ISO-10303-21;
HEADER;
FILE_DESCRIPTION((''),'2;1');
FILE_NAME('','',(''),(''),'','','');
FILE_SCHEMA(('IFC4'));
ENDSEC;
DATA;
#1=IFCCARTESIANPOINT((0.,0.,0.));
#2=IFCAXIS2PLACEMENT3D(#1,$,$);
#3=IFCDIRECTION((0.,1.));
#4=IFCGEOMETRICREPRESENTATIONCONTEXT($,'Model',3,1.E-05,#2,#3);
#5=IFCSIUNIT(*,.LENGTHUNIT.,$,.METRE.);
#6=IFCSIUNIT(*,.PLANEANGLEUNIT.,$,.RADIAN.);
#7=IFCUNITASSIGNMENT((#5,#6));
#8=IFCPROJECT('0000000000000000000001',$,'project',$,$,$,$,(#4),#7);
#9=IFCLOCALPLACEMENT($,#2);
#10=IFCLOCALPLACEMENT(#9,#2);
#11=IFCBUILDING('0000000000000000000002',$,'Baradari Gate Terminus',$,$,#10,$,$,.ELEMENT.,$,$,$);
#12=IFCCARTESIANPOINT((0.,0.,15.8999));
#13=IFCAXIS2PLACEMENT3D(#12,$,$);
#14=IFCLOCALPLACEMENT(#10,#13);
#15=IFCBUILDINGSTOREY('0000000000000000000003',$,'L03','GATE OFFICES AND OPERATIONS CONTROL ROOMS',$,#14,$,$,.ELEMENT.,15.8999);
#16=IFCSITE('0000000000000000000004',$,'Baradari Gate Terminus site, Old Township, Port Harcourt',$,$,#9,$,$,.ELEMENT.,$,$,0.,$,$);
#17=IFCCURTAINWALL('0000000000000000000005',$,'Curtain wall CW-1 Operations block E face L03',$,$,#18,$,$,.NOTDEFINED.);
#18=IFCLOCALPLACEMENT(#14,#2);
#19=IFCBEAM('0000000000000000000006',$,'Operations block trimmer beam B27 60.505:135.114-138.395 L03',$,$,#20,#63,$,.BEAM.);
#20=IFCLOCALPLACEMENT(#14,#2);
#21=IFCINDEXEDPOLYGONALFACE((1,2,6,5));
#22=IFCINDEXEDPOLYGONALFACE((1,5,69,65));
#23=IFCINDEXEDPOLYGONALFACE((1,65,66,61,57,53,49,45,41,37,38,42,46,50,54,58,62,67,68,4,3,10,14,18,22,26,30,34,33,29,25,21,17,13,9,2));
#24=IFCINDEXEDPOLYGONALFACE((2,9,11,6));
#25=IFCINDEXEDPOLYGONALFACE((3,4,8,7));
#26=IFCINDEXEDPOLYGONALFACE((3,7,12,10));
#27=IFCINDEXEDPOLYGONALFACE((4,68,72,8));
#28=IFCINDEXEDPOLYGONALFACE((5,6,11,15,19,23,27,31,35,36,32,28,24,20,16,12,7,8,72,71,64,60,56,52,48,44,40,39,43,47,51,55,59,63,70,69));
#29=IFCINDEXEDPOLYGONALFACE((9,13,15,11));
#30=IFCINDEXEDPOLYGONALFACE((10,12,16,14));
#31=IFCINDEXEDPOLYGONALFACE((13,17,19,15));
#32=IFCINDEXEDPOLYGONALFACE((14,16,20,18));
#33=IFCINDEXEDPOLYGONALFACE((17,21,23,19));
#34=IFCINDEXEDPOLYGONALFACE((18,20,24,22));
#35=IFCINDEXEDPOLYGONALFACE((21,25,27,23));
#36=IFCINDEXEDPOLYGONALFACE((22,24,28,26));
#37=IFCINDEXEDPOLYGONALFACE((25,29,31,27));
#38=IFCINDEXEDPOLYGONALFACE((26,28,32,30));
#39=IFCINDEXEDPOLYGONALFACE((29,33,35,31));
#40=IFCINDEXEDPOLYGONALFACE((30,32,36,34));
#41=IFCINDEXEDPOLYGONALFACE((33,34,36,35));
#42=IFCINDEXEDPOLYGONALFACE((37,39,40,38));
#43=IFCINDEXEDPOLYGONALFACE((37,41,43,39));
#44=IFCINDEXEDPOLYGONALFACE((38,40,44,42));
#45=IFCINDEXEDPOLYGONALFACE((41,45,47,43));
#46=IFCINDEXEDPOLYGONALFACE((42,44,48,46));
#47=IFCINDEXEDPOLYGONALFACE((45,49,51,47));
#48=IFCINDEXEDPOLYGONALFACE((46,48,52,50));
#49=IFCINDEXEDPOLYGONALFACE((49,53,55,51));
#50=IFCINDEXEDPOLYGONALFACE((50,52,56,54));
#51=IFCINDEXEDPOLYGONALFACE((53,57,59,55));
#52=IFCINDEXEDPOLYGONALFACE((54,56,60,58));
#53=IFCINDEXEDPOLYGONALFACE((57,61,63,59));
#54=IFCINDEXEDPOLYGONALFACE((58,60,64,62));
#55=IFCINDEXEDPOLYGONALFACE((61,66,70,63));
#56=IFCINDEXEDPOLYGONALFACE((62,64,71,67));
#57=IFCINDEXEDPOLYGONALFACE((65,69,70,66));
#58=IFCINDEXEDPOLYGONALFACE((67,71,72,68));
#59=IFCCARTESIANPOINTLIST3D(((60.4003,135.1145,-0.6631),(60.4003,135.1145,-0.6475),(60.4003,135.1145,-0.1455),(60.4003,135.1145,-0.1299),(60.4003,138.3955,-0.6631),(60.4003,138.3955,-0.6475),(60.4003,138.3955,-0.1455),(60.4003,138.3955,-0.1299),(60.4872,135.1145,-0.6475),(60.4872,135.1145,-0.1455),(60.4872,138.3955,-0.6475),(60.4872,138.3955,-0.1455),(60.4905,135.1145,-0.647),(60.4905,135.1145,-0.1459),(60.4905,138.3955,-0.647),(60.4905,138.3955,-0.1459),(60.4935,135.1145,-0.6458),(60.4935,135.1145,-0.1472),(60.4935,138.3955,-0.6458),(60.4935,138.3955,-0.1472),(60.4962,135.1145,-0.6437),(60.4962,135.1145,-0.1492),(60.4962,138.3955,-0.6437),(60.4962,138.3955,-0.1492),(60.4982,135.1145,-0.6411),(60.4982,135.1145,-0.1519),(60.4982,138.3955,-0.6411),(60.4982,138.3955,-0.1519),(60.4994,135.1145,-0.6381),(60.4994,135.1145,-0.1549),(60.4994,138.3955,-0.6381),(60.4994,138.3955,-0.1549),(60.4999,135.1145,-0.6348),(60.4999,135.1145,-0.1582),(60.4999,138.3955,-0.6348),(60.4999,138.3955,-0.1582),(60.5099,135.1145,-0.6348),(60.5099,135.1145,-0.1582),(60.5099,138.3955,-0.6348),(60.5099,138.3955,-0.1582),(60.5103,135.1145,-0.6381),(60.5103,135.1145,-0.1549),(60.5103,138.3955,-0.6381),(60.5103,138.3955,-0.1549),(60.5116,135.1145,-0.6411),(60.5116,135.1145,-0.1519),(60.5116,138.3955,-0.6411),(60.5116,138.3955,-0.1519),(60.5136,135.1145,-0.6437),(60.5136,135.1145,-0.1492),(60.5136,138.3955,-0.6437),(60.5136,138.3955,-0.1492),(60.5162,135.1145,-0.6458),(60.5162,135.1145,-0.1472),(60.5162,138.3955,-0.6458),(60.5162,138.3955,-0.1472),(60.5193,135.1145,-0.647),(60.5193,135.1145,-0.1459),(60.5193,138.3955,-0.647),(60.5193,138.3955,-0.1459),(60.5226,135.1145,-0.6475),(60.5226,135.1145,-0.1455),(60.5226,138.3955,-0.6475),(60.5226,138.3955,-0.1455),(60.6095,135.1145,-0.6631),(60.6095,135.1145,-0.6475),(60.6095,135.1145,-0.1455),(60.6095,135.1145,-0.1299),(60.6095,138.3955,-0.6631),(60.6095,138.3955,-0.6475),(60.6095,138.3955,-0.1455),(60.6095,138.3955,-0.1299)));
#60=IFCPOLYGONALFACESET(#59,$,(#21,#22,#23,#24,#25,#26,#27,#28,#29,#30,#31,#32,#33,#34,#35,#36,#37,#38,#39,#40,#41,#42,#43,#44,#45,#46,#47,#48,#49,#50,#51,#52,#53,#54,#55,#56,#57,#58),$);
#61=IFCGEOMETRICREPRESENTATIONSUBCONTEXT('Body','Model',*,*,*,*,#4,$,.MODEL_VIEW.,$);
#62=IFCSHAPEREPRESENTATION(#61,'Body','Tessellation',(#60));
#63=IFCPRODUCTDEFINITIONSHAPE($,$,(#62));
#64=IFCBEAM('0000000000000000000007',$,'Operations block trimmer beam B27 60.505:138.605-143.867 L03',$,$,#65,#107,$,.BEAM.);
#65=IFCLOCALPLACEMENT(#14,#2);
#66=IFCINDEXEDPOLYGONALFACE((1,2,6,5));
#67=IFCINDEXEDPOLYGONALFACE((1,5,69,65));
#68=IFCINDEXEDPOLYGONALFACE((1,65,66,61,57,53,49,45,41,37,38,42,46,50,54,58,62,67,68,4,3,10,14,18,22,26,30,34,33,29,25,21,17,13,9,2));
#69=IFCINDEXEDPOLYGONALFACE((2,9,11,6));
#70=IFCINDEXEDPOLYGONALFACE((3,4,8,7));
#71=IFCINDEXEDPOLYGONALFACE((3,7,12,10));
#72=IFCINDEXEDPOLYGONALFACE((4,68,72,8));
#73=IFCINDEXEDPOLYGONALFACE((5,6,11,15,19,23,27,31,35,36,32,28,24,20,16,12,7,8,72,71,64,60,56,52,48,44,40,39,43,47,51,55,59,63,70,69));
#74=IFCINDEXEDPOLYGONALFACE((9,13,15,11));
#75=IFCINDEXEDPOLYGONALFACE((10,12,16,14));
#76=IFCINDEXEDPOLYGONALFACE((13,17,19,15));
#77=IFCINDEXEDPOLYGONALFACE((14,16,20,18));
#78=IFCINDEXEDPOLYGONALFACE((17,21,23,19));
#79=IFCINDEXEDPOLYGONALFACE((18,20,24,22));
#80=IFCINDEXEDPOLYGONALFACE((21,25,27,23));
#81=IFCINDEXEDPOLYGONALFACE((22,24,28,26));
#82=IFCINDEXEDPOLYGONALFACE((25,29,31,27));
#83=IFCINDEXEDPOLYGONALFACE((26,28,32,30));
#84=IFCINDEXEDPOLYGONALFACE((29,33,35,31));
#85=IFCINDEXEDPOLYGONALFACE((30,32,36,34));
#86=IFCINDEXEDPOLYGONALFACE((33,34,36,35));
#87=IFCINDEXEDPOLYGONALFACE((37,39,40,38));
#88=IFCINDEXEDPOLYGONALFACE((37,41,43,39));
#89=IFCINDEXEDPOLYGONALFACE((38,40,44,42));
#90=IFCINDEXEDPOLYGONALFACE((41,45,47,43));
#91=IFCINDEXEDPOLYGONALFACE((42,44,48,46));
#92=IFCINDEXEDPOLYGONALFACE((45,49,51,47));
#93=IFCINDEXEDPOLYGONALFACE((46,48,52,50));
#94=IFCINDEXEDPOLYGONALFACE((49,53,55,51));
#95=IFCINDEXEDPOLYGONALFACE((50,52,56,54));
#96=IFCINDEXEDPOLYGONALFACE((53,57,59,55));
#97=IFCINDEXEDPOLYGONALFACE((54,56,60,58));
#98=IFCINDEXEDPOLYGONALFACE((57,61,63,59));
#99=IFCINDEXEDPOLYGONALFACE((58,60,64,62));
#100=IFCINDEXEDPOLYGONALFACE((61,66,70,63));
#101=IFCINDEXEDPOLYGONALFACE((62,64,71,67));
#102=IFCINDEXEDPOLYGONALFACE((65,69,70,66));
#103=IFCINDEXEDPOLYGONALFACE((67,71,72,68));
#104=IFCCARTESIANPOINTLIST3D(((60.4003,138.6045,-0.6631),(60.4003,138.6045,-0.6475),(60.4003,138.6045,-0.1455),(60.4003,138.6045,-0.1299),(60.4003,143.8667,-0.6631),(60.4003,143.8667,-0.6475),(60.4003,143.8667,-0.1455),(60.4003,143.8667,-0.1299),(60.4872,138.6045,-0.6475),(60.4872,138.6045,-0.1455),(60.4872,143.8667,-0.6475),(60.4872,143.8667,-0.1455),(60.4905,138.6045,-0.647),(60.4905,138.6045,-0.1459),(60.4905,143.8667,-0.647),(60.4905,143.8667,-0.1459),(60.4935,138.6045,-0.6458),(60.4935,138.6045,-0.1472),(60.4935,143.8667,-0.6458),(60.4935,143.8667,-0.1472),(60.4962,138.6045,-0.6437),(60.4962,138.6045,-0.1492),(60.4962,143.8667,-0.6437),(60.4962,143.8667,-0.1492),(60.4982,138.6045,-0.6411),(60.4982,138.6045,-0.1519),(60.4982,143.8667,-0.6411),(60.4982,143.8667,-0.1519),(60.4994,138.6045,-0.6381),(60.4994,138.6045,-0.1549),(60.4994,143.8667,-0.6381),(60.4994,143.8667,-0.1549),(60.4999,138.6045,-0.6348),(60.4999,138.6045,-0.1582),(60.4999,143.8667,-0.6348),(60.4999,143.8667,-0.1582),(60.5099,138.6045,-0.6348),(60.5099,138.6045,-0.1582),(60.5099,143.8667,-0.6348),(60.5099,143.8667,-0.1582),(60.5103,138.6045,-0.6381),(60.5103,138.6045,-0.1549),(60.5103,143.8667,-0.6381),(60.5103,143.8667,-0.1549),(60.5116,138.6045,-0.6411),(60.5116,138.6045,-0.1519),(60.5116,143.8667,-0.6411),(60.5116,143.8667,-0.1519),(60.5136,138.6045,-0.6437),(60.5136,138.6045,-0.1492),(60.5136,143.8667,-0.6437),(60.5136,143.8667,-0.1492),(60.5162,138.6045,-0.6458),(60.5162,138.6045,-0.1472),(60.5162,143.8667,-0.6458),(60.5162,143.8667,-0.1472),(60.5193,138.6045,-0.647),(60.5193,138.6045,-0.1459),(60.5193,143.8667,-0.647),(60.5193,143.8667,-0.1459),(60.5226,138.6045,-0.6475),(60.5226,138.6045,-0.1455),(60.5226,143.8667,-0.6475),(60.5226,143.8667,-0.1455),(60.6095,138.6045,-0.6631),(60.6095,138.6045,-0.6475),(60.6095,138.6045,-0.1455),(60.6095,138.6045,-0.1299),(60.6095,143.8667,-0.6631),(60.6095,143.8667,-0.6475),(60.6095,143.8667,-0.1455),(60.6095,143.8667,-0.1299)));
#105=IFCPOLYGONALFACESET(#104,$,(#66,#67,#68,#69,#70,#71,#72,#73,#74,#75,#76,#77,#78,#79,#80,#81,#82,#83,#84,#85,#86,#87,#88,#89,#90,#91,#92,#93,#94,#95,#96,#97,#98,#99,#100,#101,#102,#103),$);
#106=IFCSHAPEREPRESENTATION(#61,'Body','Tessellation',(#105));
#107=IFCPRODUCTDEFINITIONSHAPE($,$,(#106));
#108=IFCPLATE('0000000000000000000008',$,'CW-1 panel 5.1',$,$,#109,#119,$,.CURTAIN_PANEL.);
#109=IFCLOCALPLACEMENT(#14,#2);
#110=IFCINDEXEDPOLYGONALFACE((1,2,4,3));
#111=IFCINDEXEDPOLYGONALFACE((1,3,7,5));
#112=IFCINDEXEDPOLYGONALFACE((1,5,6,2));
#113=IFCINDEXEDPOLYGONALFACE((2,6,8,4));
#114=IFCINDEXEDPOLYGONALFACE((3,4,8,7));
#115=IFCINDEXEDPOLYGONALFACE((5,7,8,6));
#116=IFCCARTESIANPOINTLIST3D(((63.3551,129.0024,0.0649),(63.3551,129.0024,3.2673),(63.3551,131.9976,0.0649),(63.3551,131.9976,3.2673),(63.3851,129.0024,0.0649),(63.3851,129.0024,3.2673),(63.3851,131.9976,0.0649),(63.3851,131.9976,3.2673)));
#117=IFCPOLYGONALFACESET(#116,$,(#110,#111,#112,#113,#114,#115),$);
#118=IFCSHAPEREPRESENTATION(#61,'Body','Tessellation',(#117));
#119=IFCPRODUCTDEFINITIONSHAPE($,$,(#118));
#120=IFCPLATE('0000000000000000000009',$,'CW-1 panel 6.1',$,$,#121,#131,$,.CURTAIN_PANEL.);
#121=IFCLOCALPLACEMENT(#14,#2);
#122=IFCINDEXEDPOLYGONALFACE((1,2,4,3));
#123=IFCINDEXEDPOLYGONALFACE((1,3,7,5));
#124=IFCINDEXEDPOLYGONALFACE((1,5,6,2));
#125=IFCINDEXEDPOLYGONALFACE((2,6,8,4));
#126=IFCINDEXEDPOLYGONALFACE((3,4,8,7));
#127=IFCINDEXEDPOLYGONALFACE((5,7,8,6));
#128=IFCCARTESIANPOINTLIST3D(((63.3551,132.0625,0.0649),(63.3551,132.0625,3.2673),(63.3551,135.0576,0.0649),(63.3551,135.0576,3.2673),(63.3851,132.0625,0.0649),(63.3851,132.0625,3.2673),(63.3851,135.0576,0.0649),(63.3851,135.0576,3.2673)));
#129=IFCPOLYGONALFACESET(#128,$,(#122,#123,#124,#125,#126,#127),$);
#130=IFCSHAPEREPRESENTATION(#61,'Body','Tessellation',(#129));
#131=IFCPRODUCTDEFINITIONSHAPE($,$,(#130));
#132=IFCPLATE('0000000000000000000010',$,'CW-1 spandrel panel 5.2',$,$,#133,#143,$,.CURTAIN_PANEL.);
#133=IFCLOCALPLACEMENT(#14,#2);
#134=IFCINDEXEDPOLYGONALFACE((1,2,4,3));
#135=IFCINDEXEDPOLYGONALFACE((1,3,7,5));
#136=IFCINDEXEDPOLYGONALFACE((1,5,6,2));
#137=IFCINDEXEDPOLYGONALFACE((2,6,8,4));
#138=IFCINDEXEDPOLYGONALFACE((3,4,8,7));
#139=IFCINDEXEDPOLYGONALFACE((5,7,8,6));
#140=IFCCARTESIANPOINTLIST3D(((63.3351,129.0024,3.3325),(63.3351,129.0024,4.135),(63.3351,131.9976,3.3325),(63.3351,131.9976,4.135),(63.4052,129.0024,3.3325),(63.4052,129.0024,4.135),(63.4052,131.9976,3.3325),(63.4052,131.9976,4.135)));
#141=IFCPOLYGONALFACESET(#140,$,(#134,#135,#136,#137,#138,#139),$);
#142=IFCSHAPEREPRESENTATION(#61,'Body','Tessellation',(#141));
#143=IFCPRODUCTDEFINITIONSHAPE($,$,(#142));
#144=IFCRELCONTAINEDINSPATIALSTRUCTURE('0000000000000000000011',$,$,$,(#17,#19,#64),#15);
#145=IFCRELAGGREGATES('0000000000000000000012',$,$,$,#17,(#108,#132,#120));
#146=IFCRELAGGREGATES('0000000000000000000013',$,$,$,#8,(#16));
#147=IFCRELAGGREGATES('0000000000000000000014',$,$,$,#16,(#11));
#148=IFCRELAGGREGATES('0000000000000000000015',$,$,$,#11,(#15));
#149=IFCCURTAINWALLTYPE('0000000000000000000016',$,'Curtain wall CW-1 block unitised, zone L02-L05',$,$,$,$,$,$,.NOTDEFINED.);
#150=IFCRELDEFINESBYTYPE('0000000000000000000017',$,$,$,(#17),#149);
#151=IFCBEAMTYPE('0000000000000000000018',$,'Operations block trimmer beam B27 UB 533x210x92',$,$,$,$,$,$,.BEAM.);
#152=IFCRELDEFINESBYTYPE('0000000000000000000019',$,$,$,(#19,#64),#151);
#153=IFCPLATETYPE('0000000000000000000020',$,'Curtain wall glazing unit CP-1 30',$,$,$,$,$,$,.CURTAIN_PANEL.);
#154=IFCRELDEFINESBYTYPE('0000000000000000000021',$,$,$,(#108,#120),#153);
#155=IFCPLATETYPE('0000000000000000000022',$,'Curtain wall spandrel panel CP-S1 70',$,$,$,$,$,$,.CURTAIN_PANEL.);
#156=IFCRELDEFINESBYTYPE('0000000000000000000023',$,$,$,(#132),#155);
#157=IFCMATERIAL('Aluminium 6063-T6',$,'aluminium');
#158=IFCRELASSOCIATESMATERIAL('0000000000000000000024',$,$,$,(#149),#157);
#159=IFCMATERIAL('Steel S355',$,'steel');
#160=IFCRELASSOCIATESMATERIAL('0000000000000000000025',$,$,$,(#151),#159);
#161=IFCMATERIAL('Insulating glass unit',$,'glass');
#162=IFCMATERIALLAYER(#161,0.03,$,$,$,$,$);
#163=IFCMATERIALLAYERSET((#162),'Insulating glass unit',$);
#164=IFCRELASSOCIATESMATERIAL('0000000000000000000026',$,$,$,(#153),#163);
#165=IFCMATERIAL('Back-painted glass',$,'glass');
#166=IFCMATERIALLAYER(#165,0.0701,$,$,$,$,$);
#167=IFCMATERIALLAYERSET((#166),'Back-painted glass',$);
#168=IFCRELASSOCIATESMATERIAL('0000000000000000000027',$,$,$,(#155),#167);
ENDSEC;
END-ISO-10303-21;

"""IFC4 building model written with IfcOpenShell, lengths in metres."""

from ifc_helpers import new_model, si_unit, direction, frame, origin, origin_2d, place, context, subcontext, project, spatial, rectangle, i_section, extrude, material, layer, layer_set, material_profile, profile_set, type_object, element, aggregate, save


model = new_model("IFC4")

# Units and contexts
model_context = context("Model", 3, precision=1e-05, world=origin(), true_north=direction((0.0, 1.0)))
body_context = subcontext(model_context, "Body", "Model", "MODEL_VIEW")
ifc_project = project(units=[si_unit("LENGTHUNIT", "METRE"), si_unit("PLANEANGLEUNIT", "RADIAN")], contexts=[model_context])

# Site, building, storey
site_placement = place(None, origin())
site = spatial("IfcSite", under=ifc_project, at=site_placement, Name="Baradari Gate Terminus site, Old Township, Port Harcourt", CompositionType="ELEMENT", RefElevation=0.0)
building_placement = place(site_placement, origin())
building = spatial("IfcBuilding", under=site, at=building_placement, Name="Baradari Gate Terminus", CompositionType="ELEMENT")
storey_placement = place(building_placement, frame((0.0, 0.0, 15.8999)))
storey = spatial("IfcBuildingStorey", under=building, at=storey_placement, Name="L03", Description="GATE OFFICES AND OPERATIONS CONTROL ROOMS", CompositionType="ELEMENT", Elevation=15.8999)

# Curtain wall
ifc_material_1 = material(Name="Aluminium 6063-T6", Category="aluminium")
curtain_wall_type = type_object("IfcCurtainWallType", Name="Curtain wall CW-1 block unitised, zone L02-L05", PredefinedType="NOTDEFINED", material=ifc_material_1)
curtain_wall_placement = place(storey_placement, origin())
curtain_wall = element("IfcCurtainWall", 1, at=curtain_wall_placement, inside=storey, type_object=curtain_wall_type, Name="Curtain wall CW-1 Operations block E face L03", PredefinedType="NOTDEFINED")

# Beams
ifc_material_2 = material(Name="Steel S355", Category="steel")
ifc_material_profile_1 = material_profile(ifc_material_2, i_section(OverallWidth=0.2092, OverallDepth=0.5332, WebThickness=0.01, FlangeThickness=0.0156, FilletRadius=0.0127, at=origin_2d()), Name="UB 533x210x92")
ifc_profile_set_1 = profile_set([ifc_material_profile_1], Name="Steel S355")
beam_type_1 = type_object("IfcBeamType", Name="Operations block trimmer beam B27 UB 533x210x92", PredefinedType="BEAM", material=ifc_profile_set_1)
beam_1_placement = place(storey_placement, frame((60.5049, 135.1145, -0.3965), z_axis=(0.0, 1.0, 0.0), x_axis=(-1.0, 0.0, 0.0)))
element("IfcBeam", 2, at=beam_1_placement, inside=storey, type_object=beam_type_1, Name="Operations block trimmer beam B27 60.505:135.114-138.395 L03", PredefinedType="BEAM", context=body_context, shape_type="SweptSolid", body=[
    extrude(i_section(OverallWidth=0.2092, OverallDepth=0.5332, WebThickness=0.01, FlangeThickness=0.0156, FilletRadius=0.0127, at=origin_2d()), origin(), (0.0, 0.0, 1.0), 3.281),
])
beam_2_placement = place(storey_placement, frame((60.5049, 138.6045, -0.3965), z_axis=(0.0, 1.0, 0.0), x_axis=(-1.0, 0.0, 0.0)))
element("IfcBeam", 3, at=beam_2_placement, inside=storey, type_object=beam_type_1, Name="Operations block trimmer beam B27 60.505:138.605-143.867 L03", PredefinedType="BEAM", context=body_context, shape_type="SweptSolid", body=[
    extrude(i_section(OverallWidth=0.2092, OverallDepth=0.5332, WebThickness=0.01, FlangeThickness=0.0156, FilletRadius=0.0127, at=origin_2d()), origin(), (0.0, 0.0, 1.0), 5.2622),
])

# Plates
ifc_material_3 = material(Name="Insulating glass unit", Category="glass")
ifc_layer_1 = layer(ifc_material_3, 0.03)
ifc_layer_set_1 = layer_set([ifc_layer_1], Name="Insulating glass unit")
plate_type_1 = type_object("IfcPlateType", Name="Curtain wall glazing unit CP-1 30", PredefinedType="CURTAIN_PANEL", material=ifc_layer_set_1)
plate_1_placement = place(storey_placement, frame((63.3701, 130.5, 0.0649), z_axis=(0.0, 0.0, 1.0), x_axis=(0.0, 1.0, 0.0)))
plate_1 = element("IfcPlate", 4, at=plate_1_placement, type_object=plate_type_1, Name="CW-1 panel 5.1", PredefinedType="CURTAIN_PANEL", context=body_context, shape_type="SweptSolid", body=[
    extrude(rectangle(XDim=2.9951, YDim=0.03, at=origin_2d()), origin(), (0.0, 0.0, 1.0), 3.2024),
])
plate_2_placement = place(storey_placement, frame((63.3701, 133.5601, 0.0649), z_axis=(0.0, 0.0, 1.0), x_axis=(0.0, 1.0, 0.0)))
plate_2 = element("IfcPlate", 5, at=plate_2_placement, type_object=plate_type_1, Name="CW-1 panel 6.1", PredefinedType="CURTAIN_PANEL", context=body_context, shape_type="SweptSolid", body=[
    extrude(rectangle(XDim=2.9951, YDim=0.03, at=origin_2d()), origin(), (0.0, 0.0, 1.0), 3.2024),
])
ifc_material_4 = material(Name="Back-painted glass", Category="glass")
ifc_layer_2 = layer(ifc_material_4, 0.0701)
ifc_layer_set_2 = layer_set([ifc_layer_2], Name="Back-painted glass")
plate_type_2 = type_object("IfcPlateType", Name="Curtain wall spandrel panel CP-S1 70", PredefinedType="CURTAIN_PANEL", material=ifc_layer_set_2)
plate_3_placement = place(storey_placement, frame((63.3701, 130.5, 3.3325), z_axis=(0.0, 0.0, 1.0), x_axis=(0.0, 1.0, 0.0)))
plate_3 = element("IfcPlate", 6, at=plate_3_placement, type_object=plate_type_2, Name="CW-1 spandrel panel 5.2", PredefinedType="CURTAIN_PANEL", context=body_context, shape_type="SweptSolid", body=[
    extrude(rectangle(XDim=2.9951, YDim=0.0701, at=origin_2d()), origin(), (0.0, 0.0, 1.0), 0.8025),
])
aggregate(curtain_wall, [plate_1, plate_3, plate_2])

save(model, "model.ifc")
